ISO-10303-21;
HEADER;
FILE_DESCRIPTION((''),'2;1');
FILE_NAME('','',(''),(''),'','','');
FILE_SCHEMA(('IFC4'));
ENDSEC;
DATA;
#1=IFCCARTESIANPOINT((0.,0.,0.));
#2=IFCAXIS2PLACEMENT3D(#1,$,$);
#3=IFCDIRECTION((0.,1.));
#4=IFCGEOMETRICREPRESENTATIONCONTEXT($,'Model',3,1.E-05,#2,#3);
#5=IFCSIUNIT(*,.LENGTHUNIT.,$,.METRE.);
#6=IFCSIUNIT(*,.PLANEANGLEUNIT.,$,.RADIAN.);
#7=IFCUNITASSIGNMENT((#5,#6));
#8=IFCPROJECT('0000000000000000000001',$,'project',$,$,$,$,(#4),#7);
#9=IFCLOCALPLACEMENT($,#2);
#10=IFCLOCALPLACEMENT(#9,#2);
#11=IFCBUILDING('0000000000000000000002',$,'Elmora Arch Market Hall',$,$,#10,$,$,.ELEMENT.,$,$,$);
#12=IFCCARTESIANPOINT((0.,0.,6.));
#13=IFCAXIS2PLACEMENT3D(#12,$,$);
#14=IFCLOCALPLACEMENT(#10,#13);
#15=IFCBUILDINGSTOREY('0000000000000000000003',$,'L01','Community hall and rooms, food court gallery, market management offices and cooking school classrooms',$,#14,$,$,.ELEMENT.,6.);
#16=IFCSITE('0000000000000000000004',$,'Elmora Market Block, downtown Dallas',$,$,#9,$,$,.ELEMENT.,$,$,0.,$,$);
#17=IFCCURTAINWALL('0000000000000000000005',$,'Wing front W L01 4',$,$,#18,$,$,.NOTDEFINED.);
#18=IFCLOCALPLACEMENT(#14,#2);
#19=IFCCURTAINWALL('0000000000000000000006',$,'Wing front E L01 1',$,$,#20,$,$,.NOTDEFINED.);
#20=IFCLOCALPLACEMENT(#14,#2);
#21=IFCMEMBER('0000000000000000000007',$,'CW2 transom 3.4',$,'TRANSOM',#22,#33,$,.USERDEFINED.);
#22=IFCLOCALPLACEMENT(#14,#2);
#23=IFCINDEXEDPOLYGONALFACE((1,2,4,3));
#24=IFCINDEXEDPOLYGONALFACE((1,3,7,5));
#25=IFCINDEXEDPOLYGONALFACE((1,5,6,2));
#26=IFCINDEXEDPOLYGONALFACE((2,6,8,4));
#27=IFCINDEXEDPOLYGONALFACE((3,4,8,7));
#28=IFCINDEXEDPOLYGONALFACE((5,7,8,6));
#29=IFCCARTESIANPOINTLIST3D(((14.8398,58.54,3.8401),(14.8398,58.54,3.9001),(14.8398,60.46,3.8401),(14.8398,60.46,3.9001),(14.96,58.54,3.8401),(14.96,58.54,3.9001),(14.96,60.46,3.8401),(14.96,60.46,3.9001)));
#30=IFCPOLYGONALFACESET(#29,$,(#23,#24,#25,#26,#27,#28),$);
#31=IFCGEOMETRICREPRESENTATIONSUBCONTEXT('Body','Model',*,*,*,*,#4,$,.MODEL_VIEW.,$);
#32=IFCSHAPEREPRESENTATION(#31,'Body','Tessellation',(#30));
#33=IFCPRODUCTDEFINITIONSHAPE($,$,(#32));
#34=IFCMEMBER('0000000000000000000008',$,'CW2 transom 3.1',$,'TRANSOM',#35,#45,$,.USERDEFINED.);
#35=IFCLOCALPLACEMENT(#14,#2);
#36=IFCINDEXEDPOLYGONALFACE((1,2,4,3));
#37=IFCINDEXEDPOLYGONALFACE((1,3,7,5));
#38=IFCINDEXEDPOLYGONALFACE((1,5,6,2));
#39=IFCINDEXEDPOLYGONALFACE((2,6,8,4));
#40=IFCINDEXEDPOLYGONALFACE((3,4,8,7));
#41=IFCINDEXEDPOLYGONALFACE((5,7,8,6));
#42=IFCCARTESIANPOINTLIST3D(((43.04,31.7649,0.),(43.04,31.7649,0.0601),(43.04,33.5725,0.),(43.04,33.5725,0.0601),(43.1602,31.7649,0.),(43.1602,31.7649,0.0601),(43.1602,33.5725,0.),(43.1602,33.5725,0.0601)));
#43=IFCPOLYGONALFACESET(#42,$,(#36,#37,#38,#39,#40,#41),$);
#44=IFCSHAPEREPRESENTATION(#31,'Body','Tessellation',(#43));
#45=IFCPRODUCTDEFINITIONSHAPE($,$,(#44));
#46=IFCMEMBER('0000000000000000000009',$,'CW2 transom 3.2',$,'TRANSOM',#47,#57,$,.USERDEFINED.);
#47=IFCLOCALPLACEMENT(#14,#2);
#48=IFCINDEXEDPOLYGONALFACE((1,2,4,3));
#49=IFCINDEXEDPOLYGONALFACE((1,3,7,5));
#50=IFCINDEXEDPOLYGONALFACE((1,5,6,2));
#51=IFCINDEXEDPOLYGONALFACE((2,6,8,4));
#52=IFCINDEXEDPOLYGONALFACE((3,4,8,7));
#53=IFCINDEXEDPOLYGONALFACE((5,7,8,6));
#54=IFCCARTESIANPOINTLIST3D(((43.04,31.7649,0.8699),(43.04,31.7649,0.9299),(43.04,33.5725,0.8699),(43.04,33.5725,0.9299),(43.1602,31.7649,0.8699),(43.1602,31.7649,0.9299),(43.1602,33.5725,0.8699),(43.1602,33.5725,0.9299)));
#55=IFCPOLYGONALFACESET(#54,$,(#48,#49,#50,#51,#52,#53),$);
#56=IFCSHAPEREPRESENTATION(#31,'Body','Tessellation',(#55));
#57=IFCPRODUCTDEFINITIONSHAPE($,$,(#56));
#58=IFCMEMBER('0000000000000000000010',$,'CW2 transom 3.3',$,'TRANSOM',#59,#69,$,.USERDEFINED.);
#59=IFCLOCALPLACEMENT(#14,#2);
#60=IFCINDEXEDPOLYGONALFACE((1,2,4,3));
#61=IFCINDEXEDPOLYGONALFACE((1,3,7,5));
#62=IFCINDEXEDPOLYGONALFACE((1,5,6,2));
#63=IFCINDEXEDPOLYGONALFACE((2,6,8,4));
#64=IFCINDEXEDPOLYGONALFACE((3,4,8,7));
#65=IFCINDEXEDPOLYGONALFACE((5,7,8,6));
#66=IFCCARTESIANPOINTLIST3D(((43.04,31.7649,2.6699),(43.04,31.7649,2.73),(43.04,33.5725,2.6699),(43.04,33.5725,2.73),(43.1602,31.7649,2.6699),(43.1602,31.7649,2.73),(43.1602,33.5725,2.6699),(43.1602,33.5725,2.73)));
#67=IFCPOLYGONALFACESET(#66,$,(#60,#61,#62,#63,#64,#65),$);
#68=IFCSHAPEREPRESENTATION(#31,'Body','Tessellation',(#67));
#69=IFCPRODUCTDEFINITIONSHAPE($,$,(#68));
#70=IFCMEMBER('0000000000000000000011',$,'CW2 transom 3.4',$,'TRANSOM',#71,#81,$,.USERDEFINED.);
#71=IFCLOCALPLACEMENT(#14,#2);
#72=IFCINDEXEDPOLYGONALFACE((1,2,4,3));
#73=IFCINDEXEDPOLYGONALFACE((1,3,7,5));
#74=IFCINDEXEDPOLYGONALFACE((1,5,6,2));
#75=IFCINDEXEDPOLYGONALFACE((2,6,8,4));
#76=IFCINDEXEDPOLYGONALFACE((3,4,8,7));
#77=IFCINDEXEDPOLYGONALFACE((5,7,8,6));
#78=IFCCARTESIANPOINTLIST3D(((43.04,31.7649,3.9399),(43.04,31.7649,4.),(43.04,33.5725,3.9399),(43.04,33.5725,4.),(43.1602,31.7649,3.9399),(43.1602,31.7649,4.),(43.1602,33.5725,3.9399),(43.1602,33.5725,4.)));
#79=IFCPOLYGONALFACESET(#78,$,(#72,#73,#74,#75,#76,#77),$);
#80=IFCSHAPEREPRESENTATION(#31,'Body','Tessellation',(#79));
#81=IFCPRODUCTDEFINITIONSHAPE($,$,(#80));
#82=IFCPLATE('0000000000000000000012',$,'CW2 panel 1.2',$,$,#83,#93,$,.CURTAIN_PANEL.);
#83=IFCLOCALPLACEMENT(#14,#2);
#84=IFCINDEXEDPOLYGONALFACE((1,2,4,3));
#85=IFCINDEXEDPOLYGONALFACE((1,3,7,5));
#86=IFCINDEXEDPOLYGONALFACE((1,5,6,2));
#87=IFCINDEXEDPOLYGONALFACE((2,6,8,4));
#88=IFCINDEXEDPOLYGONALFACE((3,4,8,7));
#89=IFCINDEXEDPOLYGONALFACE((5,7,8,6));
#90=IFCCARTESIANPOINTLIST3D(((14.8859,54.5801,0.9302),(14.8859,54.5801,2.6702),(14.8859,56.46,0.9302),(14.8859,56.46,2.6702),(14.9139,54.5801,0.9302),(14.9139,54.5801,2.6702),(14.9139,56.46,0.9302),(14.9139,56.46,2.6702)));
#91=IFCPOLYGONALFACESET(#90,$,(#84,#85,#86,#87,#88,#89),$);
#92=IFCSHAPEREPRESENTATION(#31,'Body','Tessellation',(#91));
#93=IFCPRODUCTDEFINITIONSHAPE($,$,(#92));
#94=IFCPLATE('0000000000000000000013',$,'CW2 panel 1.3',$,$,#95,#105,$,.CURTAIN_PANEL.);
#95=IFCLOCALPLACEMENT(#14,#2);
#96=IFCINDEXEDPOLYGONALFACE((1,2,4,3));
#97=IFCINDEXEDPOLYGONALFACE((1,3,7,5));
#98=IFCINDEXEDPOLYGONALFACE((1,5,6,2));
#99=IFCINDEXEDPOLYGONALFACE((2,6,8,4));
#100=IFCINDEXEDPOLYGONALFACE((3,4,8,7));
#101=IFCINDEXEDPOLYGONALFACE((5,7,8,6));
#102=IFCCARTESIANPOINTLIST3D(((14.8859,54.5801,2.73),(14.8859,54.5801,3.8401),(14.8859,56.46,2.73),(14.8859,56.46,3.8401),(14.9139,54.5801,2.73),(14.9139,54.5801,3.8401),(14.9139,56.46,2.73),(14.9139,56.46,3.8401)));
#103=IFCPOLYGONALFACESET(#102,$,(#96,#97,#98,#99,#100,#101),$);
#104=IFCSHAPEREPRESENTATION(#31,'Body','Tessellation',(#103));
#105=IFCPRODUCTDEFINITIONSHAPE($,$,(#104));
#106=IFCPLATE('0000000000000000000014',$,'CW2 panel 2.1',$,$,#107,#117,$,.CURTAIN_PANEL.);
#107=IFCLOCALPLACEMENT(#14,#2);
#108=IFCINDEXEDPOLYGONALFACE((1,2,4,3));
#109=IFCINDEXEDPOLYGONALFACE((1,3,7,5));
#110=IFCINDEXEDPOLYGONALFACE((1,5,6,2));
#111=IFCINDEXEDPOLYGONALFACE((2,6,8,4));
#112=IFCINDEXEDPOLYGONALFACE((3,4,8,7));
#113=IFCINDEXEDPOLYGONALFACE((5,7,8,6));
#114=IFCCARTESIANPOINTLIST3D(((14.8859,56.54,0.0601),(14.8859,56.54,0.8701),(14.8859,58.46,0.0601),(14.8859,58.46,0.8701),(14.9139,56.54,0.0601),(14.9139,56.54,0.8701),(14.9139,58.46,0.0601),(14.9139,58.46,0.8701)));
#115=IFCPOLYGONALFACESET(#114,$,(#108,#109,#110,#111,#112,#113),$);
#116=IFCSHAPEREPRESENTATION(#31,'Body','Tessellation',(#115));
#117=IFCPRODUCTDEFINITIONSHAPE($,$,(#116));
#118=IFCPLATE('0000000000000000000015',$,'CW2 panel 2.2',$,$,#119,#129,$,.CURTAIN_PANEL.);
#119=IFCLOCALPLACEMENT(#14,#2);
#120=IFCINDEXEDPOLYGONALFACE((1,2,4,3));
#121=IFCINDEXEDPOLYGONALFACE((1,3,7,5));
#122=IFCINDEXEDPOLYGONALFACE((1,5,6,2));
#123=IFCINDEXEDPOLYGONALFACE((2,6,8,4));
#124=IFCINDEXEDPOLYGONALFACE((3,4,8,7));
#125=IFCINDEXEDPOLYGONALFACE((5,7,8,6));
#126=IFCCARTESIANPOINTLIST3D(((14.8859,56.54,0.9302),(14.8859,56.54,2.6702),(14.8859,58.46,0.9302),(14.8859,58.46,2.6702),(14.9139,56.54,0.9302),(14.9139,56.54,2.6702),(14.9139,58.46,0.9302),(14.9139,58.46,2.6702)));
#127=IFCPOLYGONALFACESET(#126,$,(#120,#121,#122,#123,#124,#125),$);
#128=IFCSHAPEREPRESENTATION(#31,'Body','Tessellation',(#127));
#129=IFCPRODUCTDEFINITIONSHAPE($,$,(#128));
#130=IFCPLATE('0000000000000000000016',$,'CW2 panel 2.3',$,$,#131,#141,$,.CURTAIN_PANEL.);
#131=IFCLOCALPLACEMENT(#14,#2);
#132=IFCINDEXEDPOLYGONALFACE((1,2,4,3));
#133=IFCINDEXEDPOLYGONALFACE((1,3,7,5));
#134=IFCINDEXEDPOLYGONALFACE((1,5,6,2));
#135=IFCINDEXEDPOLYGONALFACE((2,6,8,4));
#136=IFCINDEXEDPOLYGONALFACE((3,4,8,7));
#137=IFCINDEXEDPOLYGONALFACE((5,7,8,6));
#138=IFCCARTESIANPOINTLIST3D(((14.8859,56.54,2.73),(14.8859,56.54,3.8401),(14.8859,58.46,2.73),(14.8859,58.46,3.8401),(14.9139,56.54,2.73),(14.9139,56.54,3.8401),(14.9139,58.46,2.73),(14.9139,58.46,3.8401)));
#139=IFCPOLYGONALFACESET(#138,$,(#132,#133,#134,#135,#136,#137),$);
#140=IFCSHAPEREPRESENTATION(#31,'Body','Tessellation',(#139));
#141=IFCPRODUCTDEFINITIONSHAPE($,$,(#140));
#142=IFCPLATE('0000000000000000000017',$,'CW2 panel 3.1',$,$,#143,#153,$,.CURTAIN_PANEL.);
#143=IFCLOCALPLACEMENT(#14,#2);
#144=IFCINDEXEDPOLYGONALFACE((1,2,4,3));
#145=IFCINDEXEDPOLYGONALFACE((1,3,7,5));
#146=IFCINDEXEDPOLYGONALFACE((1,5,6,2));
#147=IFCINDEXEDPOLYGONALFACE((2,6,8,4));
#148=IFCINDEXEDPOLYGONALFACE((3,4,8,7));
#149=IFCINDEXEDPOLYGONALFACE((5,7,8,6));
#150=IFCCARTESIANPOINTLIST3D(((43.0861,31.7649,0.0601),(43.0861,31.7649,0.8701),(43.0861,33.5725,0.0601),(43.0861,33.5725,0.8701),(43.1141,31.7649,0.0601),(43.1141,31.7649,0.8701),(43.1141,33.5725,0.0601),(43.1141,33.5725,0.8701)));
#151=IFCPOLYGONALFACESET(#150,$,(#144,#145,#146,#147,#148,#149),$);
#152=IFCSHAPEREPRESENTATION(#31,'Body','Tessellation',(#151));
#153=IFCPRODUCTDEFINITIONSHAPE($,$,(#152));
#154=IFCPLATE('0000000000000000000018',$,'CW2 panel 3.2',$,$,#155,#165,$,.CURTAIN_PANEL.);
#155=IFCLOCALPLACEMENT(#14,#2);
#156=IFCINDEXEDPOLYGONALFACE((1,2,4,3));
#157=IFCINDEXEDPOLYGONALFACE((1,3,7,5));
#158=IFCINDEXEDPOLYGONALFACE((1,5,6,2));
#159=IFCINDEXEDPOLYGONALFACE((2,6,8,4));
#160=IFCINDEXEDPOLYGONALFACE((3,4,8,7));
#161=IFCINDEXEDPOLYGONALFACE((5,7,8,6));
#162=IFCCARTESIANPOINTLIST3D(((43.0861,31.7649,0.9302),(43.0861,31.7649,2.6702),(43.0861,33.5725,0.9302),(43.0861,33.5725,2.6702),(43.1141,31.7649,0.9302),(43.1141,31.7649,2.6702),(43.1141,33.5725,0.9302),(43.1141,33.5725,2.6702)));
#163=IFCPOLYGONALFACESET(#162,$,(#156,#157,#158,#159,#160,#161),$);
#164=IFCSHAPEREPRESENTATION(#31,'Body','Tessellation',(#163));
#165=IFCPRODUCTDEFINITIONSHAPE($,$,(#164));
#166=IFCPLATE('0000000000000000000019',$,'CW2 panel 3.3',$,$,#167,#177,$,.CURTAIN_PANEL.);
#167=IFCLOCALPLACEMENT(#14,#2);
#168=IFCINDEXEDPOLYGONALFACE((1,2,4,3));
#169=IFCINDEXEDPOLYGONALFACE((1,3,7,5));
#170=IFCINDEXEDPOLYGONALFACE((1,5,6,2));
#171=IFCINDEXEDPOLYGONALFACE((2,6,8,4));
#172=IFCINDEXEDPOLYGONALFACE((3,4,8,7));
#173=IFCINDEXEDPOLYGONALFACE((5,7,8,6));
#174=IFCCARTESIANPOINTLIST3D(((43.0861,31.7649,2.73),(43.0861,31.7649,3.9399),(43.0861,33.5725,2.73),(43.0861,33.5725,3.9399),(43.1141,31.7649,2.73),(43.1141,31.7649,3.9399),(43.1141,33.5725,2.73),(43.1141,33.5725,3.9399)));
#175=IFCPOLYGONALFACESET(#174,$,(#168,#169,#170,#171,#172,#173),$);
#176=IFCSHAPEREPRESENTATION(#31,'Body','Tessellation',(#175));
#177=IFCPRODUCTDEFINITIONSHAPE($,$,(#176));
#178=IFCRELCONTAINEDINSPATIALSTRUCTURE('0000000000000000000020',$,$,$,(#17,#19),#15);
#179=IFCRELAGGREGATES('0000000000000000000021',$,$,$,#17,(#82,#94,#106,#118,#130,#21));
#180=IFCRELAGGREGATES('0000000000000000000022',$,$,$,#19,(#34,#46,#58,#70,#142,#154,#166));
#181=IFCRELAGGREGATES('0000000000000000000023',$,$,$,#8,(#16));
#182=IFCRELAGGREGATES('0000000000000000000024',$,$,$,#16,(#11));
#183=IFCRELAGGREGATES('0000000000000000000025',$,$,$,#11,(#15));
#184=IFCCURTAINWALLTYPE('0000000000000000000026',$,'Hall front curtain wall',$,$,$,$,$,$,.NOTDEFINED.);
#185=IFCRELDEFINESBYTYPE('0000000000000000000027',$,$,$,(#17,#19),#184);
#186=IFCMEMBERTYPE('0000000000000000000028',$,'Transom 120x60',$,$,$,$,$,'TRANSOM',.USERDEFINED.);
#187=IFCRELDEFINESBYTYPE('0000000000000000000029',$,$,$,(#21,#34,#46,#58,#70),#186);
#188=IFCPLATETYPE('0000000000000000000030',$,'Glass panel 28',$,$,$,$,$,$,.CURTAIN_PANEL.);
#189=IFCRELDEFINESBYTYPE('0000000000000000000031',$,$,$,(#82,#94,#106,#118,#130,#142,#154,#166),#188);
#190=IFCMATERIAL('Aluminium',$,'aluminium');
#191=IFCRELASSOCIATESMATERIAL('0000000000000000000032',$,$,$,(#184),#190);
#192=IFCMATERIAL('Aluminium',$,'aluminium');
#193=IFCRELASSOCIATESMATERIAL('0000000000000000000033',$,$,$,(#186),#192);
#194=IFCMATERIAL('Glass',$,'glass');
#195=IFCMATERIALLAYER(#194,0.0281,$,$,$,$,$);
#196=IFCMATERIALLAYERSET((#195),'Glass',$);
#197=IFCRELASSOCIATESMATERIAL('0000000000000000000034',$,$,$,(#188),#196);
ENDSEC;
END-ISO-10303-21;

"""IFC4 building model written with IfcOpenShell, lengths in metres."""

from ifc_helpers import new_model, si_unit, direction, frame, origin, origin_2d, place, context, subcontext, project, spatial, rectangle, extrude, material, layer, layer_set, material_profile, profile_set, type_object, element, aggregate, save


model = new_model("IFC4")

# Units and contexts
model_context = context("Model", 3, precision=1e-05, world=origin(), true_north=direction((0.0, 1.0)))
body_context = subcontext(model_context, "Body", "Model", "MODEL_VIEW")
ifc_project = project(units=[si_unit("LENGTHUNIT", "METRE"), si_unit("PLANEANGLEUNIT", "RADIAN")], contexts=[model_context])

# Site, building, storey
site_placement = place(None, origin())
site = spatial("IfcSite", under=ifc_project, at=site_placement, Name="Elmora Market Block, downtown Dallas", CompositionType="ELEMENT", RefElevation=0.0)
building_placement = place(site_placement, origin())
building = spatial("IfcBuilding", under=site, at=building_placement, Name="Elmora Arch Market Hall", CompositionType="ELEMENT")
storey_placement = place(building_placement, frame((0.0, 0.0, 6.0)))
storey = spatial("IfcBuildingStorey", under=building, at=storey_placement, Name="L01", Description="Community hall and rooms, food court gallery, market management offices and cooking school classrooms", CompositionType="ELEMENT", Elevation=6.0)

# Curtain wall
ifc_material_1 = material(Name="Aluminium", Category="aluminium")
curtain_wall_type = type_object("IfcCurtainWallType", Name="Hall front curtain wall", PredefinedType="NOTDEFINED", material=ifc_material_1)
curtain_wall_1_placement = place(storey_placement, origin())
curtain_wall_1 = element("IfcCurtainWall", 1, at=curtain_wall_1_placement, inside=storey, type_object=curtain_wall_type, Name="Wing front W L01 4", PredefinedType="NOTDEFINED")

# Curtain wall
curtain_wall_2_placement = place(storey_placement, origin())
curtain_wall_2 = element("IfcCurtainWall", 2, at=curtain_wall_2_placement, inside=storey, type_object=curtain_wall_type, Name="Wing front E L01 1", PredefinedType="NOTDEFINED")

# Members
ifc_material_2 = material(Name="Aluminium", Category="aluminium")
ifc_material_profile_1 = material_profile(ifc_material_2, rectangle(XDim=0.1201, YDim=0.0601, at=origin_2d()), Name="AL 120x60")
ifc_profile_set_1 = profile_set([ifc_material_profile_1], Name="Aluminium")
member_type_1 = type_object("IfcMemberType", Name="Transom 120x60", ElementType="TRANSOM", PredefinedType="USERDEFINED", material=ifc_profile_set_1)
member_1_placement = place(storey_placement, frame((14.8999, 58.54, 3.8701), z_axis=(0.0, 1.0, 0.0), x_axis=(-1.0, 0.0, 0.0)))
member_1 = element("IfcMember", 3, at=member_1_placement, type_object=member_type_1, Name="CW2 transom 3.4", ObjectType="TRANSOM", PredefinedType="USERDEFINED", context=body_context, shape_type="SweptSolid", body=[
    extrude(rectangle(XDim=0.1201, YDim=0.0601, at=origin_2d()), origin(), (0.0, 0.0, 1.0), 1.9199),
])
member_2_placement = place(storey_placement, frame((43.1001, 31.7649, 0.03), z_axis=(0.0, 1.0, 0.0), x_axis=(-1.0, 0.0, 0.0)))
member_2 = element("IfcMember", 4, at=member_2_placement, type_object=member_type_1, Name="CW2 transom 3.1", ObjectType="TRANSOM", PredefinedType="USERDEFINED", context=body_context, shape_type="SweptSolid", body=[
    extrude(rectangle(XDim=0.1201, YDim=0.0601, at=origin_2d()), origin(), (0.0, 0.0, 1.0), 1.8076),
])
member_3_placement = place(storey_placement, frame((43.1001, 31.7649, 0.8999), z_axis=(0.0, 1.0, 0.0), x_axis=(-1.0, 0.0, 0.0)))
member_3 = element("IfcMember", 5, at=member_3_placement, type_object=member_type_1, Name="CW2 transom 3.2", ObjectType="TRANSOM", PredefinedType="USERDEFINED", context=body_context, shape_type="SweptSolid", body=[
    extrude(rectangle(XDim=0.1201, YDim=0.0601, at=origin_2d()), origin(), (0.0, 0.0, 1.0), 1.8076),
])
member_4_placement = place(storey_placement, frame((43.1001, 31.7649, 2.7), z_axis=(0.0, 1.0, 0.0), x_axis=(-1.0, 0.0, 0.0)))
member_4 = element("IfcMember", 6, at=member_4_placement, type_object=member_type_1, Name="CW2 transom 3.3", ObjectType="TRANSOM", PredefinedType="USERDEFINED", context=body_context, shape_type="SweptSolid", body=[
    extrude(rectangle(XDim=0.1201, YDim=0.0601, at=origin_2d()), origin(), (0.0, 0.0, 1.0), 1.8076),
])
member_5_placement = place(storey_placement, frame((43.1001, 31.7649, 3.97), z_axis=(0.0, 1.0, 0.0), x_axis=(-1.0, 0.0, 0.0)))
member_5 = element("IfcMember", 7, at=member_5_placement, type_object=member_type_1, Name="CW2 transom 3.4", ObjectType="TRANSOM", PredefinedType="USERDEFINED", context=body_context, shape_type="SweptSolid", body=[
    extrude(rectangle(XDim=0.1201, YDim=0.0601, at=origin_2d()), origin(), (0.0, 0.0, 1.0), 1.8076),
])

# Plates
ifc_material_3 = material(Name="Glass", Category="glass")
ifc_layer = layer(ifc_material_3, 0.0281)
ifc_layer_set = layer_set([ifc_layer], Name="Glass")
plate_type = type_object("IfcPlateType", Name="Glass panel 28", PredefinedType="CURTAIN_PANEL", material=ifc_layer_set)
plate_1_placement = place(storey_placement, frame((14.8999, 55.52, 0.9302), z_axis=(0.0, 0.0, 1.0), x_axis=(0.0, 1.0, 0.0)))
plate_1 = element("IfcPlate", 8, at=plate_1_placement, type_object=plate_type, Name="CW2 panel 1.2", PredefinedType="CURTAIN_PANEL", context=body_context, shape_type="SweptSolid", body=[
    extrude(rectangle(XDim=1.8799, YDim=0.0281, at=origin_2d()), origin(), (0.0, 0.0, 1.0), 1.74),
])
plate_2_placement = place(storey_placement, frame((14.8999, 55.52, 2.73), z_axis=(0.0, 0.0, 1.0), x_axis=(0.0, 1.0, 0.0)))
plate_2 = element("IfcPlate", 9, at=plate_2_placement, type_object=plate_type, Name="CW2 panel 1.3", PredefinedType="CURTAIN_PANEL", context=body_context, shape_type="SweptSolid", body=[
    extrude(rectangle(XDim=1.8799, YDim=0.0281, at=origin_2d()), origin(), (0.0, 0.0, 1.0), 1.1101),
])
plate_3_placement = place(storey_placement, frame((14.8999, 57.5, 0.0601), z_axis=(0.0, 0.0, 1.0), x_axis=(0.0, 1.0, 0.0)))
plate_3 = element("IfcPlate", 10, at=plate_3_placement, type_object=plate_type, Name="CW2 panel 2.1", PredefinedType="CURTAIN_PANEL", context=body_context, shape_type="SweptSolid", body=[
    extrude(rectangle(XDim=1.9199, YDim=0.0281, at=origin_2d()), origin(), (0.0, 0.0, 1.0), 0.8101),
])
plate_4_placement = place(storey_placement, frame((14.8999, 57.5, 0.9302), z_axis=(0.0, 0.0, 1.0), x_axis=(0.0, 1.0, 0.0)))
plate_4 = element("IfcPlate", 11, at=plate_4_placement, type_object=plate_type, Name="CW2 panel 2.2", PredefinedType="CURTAIN_PANEL", context=body_context, shape_type="SweptSolid", body=[
    extrude(rectangle(XDim=1.9199, YDim=0.0281, at=origin_2d()), origin(), (0.0, 0.0, 1.0), 1.74),
])
plate_5_placement = place(storey_placement, frame((14.8999, 57.5, 2.73), z_axis=(0.0, 0.0, 1.0), x_axis=(0.0, 1.0, 0.0)))
plate_5 = element("IfcPlate", 12, at=plate_5_placement, type_object=plate_type, Name="CW2 panel 2.3", PredefinedType="CURTAIN_PANEL", context=body_context, shape_type="SweptSolid", body=[
    extrude(rectangle(XDim=1.9199, YDim=0.0281, at=origin_2d()), origin(), (0.0, 0.0, 1.0), 1.1101),
])
aggregate(curtain_wall_1, [plate_1, plate_2, plate_3, plate_4, plate_5, member_1])
plate_6_placement = place(storey_placement, frame((43.1001, 32.6687, 0.0601), z_axis=(0.0, 0.0, 1.0), x_axis=(0.0, 1.0, 0.0)))
plate_6 = element("IfcPlate", 13, at=plate_6_placement, type_object=plate_type, Name="CW2 panel 3.1", PredefinedType="CURTAIN_PANEL", context=body_context, shape_type="SweptSolid", body=[
    extrude(rectangle(XDim=1.8076, YDim=0.0281, at=origin_2d()), origin(), (0.0, 0.0, 1.0), 0.8101),
])
plate_7_placement = place(storey_placement, frame((43.1001, 32.6687, 0.9302), z_axis=(0.0, 0.0, 1.0), x_axis=(0.0, 1.0, 0.0)))
plate_7 = element("IfcPlate", 14, at=plate_7_placement, type_object=plate_type, Name="CW2 panel 3.2", PredefinedType="CURTAIN_PANEL", context=body_context, shape_type="SweptSolid", body=[
    extrude(rectangle(XDim=1.8076, YDim=0.0281, at=origin_2d()), origin(), (0.0, 0.0, 1.0), 1.74),
])
plate_8_placement = place(storey_placement, frame((43.1001, 32.6687, 2.73), z_axis=(0.0, 0.0, 1.0), x_axis=(0.0, 1.0, 0.0)))
plate_8 = element("IfcPlate", 15, at=plate_8_placement, type_object=plate_type, Name="CW2 panel 3.3", PredefinedType="CURTAIN_PANEL", context=body_context, shape_type="SweptSolid", body=[
    extrude(rectangle(XDim=1.8076, YDim=0.0281, at=origin_2d()), origin(), (0.0, 0.0, 1.0), 1.21),
])
aggregate(curtain_wall_2, [member_2, member_3, member_4, member_5, plate_6, plate_7, plate_8])

save(model, "model.ifc")
